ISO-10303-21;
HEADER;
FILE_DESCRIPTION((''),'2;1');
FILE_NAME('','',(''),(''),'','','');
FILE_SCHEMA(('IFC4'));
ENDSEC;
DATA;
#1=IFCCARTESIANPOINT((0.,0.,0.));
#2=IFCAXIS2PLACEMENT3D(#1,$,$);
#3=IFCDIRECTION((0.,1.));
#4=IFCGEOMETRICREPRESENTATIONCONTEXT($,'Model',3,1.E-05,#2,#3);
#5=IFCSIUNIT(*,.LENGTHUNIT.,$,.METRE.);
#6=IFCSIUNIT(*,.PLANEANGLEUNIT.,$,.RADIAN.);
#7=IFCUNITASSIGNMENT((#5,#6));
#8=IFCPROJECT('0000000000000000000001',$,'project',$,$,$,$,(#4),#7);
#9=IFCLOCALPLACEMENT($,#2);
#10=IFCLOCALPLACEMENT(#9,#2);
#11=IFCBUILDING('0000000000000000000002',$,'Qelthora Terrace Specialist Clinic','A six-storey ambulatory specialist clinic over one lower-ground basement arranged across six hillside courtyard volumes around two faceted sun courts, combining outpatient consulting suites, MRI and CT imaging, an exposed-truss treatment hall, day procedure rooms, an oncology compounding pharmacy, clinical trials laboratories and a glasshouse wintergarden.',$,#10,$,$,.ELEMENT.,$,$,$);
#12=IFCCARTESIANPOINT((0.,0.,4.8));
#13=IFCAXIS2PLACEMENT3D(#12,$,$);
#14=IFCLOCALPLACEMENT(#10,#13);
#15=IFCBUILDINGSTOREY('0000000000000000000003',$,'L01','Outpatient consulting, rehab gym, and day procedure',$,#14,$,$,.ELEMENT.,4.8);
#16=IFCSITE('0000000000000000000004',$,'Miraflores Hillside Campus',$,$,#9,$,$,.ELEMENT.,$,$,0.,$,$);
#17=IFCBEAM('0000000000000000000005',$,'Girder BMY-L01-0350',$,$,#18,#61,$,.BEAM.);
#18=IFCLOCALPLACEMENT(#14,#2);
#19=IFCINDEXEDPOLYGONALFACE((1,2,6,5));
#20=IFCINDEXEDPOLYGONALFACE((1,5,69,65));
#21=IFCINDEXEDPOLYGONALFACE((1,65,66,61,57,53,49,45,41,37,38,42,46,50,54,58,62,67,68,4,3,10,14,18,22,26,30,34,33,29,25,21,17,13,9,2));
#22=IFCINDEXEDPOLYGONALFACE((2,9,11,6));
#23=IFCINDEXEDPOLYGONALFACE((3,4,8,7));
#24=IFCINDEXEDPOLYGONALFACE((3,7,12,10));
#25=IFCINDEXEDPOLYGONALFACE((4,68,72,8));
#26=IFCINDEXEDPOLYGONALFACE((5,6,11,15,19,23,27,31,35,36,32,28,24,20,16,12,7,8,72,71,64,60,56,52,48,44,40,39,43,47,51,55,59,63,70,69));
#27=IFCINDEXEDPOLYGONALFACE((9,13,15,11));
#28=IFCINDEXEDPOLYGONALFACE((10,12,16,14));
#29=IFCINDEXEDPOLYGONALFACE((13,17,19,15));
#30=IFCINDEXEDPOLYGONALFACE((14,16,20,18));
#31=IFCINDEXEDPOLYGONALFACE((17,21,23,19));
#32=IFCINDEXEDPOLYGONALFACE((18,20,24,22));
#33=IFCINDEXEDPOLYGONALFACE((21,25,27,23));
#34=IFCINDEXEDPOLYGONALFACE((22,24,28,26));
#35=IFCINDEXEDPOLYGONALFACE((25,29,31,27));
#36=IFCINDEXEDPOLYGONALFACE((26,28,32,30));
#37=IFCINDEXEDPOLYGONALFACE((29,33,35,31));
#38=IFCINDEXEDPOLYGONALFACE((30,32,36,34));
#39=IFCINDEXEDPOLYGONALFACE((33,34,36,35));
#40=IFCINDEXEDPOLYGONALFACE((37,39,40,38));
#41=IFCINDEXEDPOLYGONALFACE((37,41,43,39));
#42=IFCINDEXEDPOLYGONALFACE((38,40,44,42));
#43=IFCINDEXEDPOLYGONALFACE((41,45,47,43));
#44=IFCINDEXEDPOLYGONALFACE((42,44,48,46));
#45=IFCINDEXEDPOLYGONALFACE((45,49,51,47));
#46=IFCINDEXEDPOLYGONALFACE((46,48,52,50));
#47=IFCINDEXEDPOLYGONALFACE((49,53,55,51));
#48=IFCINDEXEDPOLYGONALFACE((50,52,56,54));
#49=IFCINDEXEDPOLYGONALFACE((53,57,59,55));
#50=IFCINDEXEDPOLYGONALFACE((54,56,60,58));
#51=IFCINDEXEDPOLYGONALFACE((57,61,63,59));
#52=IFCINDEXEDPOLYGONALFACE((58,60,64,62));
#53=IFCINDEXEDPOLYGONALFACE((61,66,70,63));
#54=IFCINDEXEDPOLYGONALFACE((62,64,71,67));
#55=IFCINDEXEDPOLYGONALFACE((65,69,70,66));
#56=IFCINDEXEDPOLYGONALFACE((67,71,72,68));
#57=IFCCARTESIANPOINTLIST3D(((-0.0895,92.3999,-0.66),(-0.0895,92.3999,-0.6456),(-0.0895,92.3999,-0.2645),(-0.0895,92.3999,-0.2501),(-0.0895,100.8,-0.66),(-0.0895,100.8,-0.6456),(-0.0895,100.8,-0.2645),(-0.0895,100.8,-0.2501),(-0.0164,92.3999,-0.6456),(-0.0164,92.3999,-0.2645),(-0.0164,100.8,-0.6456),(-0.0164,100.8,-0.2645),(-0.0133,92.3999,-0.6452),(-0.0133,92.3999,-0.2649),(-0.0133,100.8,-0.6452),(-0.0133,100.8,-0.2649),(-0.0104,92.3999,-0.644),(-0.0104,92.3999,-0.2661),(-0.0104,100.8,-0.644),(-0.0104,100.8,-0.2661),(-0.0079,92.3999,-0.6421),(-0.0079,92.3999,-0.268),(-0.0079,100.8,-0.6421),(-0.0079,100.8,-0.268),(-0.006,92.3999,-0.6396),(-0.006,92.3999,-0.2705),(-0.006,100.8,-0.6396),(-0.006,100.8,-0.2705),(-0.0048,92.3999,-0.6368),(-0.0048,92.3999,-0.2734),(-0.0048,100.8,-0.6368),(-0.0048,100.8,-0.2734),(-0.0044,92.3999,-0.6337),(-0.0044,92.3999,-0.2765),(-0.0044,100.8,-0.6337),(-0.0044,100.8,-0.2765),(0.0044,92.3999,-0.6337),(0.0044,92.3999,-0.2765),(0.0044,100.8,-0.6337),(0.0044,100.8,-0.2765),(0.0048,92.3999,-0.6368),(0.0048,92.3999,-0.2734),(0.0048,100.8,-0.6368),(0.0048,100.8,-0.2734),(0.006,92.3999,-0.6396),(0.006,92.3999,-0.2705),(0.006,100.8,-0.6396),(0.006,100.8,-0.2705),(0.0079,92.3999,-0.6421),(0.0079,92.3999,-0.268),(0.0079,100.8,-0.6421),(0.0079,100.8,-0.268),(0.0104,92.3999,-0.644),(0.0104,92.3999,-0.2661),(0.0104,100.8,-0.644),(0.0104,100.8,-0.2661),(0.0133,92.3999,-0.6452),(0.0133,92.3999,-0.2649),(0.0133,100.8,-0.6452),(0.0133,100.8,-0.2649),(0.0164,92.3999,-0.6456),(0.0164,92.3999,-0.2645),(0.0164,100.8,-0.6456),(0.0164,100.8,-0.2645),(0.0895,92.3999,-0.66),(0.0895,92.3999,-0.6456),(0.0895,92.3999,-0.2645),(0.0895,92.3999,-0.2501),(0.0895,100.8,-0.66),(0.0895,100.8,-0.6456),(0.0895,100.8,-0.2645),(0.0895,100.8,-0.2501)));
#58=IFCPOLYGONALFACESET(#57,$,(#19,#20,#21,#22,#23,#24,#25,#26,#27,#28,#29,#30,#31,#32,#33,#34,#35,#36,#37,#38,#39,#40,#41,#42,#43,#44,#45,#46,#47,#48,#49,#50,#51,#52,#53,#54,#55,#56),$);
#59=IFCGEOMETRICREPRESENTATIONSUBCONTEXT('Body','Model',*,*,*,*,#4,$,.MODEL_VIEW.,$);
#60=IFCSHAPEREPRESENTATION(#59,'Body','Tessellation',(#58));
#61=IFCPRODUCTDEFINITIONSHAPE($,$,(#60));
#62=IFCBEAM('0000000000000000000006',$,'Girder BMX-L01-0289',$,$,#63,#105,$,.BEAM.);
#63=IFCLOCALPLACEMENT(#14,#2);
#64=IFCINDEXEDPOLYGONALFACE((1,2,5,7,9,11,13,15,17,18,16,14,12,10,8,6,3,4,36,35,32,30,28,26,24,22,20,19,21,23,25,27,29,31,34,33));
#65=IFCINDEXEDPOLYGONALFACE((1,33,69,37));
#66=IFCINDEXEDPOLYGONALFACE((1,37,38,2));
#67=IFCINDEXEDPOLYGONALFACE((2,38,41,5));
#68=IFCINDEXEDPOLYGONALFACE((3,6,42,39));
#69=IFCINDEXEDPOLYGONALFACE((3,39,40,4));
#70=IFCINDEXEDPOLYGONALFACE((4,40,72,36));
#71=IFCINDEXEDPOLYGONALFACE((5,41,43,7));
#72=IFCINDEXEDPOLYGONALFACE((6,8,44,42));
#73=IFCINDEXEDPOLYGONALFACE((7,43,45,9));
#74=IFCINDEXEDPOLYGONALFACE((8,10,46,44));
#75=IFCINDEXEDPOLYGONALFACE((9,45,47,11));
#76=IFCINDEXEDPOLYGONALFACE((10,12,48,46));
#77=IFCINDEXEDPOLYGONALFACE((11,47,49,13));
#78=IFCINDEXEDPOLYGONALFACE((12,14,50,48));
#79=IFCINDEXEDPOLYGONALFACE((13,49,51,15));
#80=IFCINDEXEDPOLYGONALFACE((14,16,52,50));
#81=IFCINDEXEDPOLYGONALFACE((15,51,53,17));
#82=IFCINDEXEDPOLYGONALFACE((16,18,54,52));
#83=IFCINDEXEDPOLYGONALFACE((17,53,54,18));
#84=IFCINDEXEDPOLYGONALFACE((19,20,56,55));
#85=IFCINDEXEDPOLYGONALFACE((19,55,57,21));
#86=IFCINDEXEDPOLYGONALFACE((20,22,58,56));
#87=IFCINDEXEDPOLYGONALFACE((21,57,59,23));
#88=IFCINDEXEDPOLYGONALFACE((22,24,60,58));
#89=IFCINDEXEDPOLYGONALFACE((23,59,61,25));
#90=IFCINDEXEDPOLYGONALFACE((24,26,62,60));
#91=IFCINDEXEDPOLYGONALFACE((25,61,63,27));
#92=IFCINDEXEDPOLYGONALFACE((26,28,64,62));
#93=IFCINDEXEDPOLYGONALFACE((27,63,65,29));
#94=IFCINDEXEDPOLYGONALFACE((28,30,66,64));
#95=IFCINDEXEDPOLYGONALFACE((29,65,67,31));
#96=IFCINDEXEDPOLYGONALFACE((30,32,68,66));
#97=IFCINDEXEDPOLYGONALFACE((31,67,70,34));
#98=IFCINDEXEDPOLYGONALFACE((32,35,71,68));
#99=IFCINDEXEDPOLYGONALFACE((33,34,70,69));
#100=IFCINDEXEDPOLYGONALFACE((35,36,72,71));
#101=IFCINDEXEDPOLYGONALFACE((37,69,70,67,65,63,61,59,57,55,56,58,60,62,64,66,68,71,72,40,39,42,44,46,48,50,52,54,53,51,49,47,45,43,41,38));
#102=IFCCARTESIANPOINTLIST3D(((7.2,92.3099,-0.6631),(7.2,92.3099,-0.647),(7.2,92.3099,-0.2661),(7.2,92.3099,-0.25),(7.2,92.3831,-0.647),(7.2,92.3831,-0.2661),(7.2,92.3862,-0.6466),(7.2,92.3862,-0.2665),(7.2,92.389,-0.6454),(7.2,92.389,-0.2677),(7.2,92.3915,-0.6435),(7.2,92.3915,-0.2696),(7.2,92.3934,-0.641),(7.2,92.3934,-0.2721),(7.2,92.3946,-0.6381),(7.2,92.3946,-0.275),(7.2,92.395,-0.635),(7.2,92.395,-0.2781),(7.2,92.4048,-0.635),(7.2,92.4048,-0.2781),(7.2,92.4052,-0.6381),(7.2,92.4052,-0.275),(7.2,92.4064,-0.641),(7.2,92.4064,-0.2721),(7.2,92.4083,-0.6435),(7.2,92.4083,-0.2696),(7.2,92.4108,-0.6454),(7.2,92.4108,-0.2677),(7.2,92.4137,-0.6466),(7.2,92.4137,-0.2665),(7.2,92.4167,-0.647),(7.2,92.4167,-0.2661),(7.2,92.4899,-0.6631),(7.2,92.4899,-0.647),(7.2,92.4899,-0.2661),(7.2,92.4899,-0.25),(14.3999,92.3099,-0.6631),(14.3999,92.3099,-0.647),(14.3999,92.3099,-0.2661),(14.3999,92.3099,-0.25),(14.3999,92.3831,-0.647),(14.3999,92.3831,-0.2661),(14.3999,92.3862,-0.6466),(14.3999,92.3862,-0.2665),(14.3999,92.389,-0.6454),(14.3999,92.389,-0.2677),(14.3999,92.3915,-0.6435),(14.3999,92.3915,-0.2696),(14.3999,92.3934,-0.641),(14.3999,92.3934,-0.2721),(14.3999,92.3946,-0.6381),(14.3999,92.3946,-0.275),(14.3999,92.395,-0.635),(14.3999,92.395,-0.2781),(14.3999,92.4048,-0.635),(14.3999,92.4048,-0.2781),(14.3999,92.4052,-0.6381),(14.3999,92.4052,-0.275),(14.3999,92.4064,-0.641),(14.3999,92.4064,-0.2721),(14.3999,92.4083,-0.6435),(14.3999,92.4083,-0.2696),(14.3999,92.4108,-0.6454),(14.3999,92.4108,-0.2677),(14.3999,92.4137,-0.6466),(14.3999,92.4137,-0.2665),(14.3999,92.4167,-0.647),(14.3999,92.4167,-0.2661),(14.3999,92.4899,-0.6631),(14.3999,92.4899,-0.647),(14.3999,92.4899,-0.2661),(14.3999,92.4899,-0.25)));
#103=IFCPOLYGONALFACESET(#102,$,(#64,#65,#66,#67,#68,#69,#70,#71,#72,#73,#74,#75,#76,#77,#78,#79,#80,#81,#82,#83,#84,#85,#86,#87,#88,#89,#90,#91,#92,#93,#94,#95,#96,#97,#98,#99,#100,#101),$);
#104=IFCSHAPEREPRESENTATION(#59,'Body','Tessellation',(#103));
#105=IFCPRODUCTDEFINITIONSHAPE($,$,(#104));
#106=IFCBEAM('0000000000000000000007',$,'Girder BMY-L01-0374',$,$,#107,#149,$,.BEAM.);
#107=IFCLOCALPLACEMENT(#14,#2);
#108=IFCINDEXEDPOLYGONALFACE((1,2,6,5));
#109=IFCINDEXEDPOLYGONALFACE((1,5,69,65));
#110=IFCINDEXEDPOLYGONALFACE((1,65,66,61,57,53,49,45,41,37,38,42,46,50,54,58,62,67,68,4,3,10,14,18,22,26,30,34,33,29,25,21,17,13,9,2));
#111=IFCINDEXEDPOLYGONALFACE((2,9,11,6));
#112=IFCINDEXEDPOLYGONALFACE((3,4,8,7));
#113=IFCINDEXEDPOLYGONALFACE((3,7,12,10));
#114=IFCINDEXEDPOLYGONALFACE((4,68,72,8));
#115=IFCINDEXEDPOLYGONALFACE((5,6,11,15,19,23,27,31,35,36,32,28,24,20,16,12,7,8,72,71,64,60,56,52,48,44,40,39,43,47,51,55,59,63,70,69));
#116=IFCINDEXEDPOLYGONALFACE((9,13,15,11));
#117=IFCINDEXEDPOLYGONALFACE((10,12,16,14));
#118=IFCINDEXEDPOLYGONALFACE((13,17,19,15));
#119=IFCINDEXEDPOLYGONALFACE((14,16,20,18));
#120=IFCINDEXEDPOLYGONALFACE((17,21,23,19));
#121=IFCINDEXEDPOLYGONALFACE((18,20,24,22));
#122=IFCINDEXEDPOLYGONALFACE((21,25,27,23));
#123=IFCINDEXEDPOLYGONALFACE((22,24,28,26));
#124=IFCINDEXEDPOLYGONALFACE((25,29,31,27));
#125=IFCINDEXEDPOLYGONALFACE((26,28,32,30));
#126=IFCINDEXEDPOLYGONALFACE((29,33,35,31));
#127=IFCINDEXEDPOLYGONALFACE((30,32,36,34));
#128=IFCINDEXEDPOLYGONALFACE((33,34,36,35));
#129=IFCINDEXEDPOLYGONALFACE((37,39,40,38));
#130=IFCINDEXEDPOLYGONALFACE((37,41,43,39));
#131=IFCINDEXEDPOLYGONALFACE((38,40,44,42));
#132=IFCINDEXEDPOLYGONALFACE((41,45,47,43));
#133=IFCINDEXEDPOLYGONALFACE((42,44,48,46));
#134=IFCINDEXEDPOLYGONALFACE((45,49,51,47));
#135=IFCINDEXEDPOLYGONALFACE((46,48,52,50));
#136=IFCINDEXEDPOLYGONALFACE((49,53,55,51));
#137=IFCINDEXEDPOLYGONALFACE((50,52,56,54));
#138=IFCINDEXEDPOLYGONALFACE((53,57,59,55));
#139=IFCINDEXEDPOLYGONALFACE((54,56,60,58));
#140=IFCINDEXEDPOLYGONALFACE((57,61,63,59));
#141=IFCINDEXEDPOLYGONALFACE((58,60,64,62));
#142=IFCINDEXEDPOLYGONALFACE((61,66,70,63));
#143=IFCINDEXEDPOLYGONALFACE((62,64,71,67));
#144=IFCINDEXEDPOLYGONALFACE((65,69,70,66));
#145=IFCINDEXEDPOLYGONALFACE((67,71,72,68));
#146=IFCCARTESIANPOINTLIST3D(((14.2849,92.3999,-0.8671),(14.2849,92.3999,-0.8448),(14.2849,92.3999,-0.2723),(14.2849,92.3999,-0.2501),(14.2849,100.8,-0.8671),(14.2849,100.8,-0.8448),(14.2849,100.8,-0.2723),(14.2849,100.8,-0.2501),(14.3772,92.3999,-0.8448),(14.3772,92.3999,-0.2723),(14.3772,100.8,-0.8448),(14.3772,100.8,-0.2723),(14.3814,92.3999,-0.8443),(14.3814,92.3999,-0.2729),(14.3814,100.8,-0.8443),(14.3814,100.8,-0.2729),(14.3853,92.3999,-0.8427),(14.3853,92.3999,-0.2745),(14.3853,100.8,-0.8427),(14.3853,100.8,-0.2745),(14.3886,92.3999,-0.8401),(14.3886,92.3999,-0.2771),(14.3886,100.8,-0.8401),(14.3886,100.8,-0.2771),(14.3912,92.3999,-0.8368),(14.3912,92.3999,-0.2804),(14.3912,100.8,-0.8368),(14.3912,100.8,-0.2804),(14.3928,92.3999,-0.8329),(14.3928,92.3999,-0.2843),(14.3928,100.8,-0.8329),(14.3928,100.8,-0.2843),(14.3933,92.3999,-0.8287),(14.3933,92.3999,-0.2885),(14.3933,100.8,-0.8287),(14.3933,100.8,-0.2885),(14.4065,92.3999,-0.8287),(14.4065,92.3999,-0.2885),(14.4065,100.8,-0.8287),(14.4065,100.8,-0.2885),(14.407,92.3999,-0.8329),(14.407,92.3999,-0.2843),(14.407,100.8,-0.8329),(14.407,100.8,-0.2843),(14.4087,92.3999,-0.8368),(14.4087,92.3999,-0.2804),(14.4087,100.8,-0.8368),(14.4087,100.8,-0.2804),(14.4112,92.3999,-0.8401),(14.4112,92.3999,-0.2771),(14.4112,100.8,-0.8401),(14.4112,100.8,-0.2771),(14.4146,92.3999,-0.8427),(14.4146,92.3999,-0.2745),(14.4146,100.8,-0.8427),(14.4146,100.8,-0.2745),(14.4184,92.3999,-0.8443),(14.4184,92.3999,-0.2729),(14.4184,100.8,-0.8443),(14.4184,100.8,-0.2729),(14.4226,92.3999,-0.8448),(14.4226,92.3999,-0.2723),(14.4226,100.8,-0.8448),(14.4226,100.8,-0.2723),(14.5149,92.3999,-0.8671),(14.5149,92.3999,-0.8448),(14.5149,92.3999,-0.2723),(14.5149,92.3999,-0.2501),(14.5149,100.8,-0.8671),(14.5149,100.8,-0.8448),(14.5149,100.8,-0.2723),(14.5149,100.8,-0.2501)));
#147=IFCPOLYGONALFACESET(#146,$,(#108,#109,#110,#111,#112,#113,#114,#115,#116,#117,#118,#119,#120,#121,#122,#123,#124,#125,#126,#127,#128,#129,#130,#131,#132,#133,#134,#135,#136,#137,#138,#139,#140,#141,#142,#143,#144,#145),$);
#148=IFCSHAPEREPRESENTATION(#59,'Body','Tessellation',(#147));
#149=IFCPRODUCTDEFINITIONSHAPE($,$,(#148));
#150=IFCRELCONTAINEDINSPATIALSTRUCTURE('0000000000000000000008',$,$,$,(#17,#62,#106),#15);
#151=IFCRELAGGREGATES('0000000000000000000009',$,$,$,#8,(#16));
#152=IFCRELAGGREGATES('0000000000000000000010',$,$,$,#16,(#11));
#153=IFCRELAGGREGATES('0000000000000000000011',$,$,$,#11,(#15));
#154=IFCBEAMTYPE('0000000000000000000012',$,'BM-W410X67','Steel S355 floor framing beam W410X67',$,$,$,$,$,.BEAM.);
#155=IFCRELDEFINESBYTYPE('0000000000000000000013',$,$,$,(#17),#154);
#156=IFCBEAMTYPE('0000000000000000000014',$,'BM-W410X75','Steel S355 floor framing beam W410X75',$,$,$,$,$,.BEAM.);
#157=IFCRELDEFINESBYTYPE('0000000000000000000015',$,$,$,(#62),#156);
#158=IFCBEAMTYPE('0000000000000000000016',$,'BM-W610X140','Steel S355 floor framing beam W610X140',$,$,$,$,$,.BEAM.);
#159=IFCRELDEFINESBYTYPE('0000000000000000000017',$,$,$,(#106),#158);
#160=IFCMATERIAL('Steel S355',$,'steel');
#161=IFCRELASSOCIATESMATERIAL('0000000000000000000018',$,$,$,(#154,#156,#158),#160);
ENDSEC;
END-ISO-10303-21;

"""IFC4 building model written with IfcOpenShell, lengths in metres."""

from ifc_helpers import new_model, si_unit, direction, frame, origin, origin_2d, place, context, subcontext, project, spatial, i_section, extrude, material, material_profile, profile_set, type_object, element, save


model = new_model("IFC4")

# Units and contexts
model_context = context("Model", 3, precision=1e-05, world=origin(), true_north=direction((0.0, 1.0)))
body_context = subcontext(model_context, "Body", "Model", "MODEL_VIEW")
ifc_project = project(units=[si_unit("LENGTHUNIT", "METRE"), si_unit("PLANEANGLEUNIT", "RADIAN")], contexts=[model_context])

# Site, building, storey
site_placement = place(None, origin())
site = spatial("IfcSite", under=ifc_project, at=site_placement, Name="Miraflores Hillside Campus", CompositionType="ELEMENT", RefElevation=0.0)
building_placement = place(site_placement, origin())
building = spatial("IfcBuilding", under=site, at=building_placement, Name="Qelthora Terrace Specialist Clinic", Description="A six-storey ambulatory specialist clinic over one lower-ground basement arranged across six hillside courtyard volumes around two faceted sun courts, combining outpatient consulting suites, MRI and CT imaging, an exposed-truss treatment hall, day procedure rooms, an oncology compounding pharmacy, clinical trials laboratories and a glasshouse wintergarden.", CompositionType="ELEMENT")
storey_placement = place(building_placement, frame((0.0, 0.0, 4.8)))
storey = spatial("IfcBuildingStorey", under=building, at=storey_placement, Name="L01", Description="Outpatient consulting, rehab gym, and day procedure", CompositionType="ELEMENT", Elevation=4.8)

# Shared definitions
ifc_material_1 = material(Name="Steel S355", Category="steel")

# Beams
ifc_material_profile_1 = material_profile(ifc_material_1, i_section(OverallWidth=0.179, OverallDepth=0.4099, WebThickness=0.0088, FlangeThickness=0.0144, FilletRadius=0.012, at=origin_2d()), Name="W410X67")
ifc_profile_set_1 = profile_set([ifc_material_profile_1], Name="Steel S355")
beam_type_1 = type_object("IfcBeamType", Name="BM-W410X67", Description="Steel S355 floor framing beam W410X67", PredefinedType="BEAM", material=ifc_profile_set_1)
beam_1_placement = place(storey_placement, frame((0.0, 92.3999, -0.4551), z_axis=(0.0, 1.0, 0.0), x_axis=(-1.0, 0.0, 0.0)))
element("IfcBeam", 1, at=beam_1_placement, inside=storey, type_object=beam_type_1, Name="Girder BMY-L01-0350", PredefinedType="BEAM", context=body_context, shape_type="SweptSolid", body=[
    extrude(i_section(OverallWidth=0.179, OverallDepth=0.4099, WebThickness=0.0088, FlangeThickness=0.0144, FilletRadius=0.012, at=origin_2d()), origin(), (0.0, 0.0, 1.0), 8.4001),
])
ifc_material_profile_2 = material_profile(ifc_material_1, i_section(OverallWidth=0.1799, OverallDepth=0.4131, WebThickness=0.0098, FlangeThickness=0.0161, FilletRadius=0.012, at=origin_2d()), Name="W410X75")
ifc_profile_set_2 = profile_set([ifc_material_profile_2], Name="Steel S355")
beam_type_2 = type_object("IfcBeamType", Name="BM-W410X75", Description="Steel S355 floor framing beam W410X75", PredefinedType="BEAM", material=ifc_profile_set_2)
beam_2_placement = place(storey_placement, frame((7.2, 92.3999, -0.4565), z_axis=(1.0, 0.0, 0.0), x_axis=(0.0, 1.0, 0.0)))
element("IfcBeam", 2, at=beam_2_placement, inside=storey, type_object=beam_type_2, Name="Girder BMX-L01-0289", PredefinedType="BEAM", context=body_context, shape_type="SweptSolid", body=[
    extrude(i_section(OverallWidth=0.1799, OverallDepth=0.4131, WebThickness=0.0098, FlangeThickness=0.0161, FilletRadius=0.012, at=origin_2d()), origin(), (0.0, 0.0, 1.0), 7.2),
])
ifc_material_profile_3 = material_profile(ifc_material_1, i_section(OverallWidth=0.23, OverallDepth=0.6169, WebThickness=0.0132, FlangeThickness=0.0222, FilletRadius=0.0161, at=origin_2d()), Name="W610X140")
ifc_profile_set_3 = profile_set([ifc_material_profile_3], Name="Steel S355")
beam_type_3 = type_object("IfcBeamType", Name="BM-W610X140", Description="Steel S355 floor framing beam W610X140", PredefinedType="BEAM", material=ifc_profile_set_3)
beam_3_placement = place(storey_placement, frame((14.3999, 92.3999, -0.5586), z_axis=(0.0, 1.0, 0.0), x_axis=(-1.0, 0.0, 0.0)))
element("IfcBeam", 3, at=beam_3_placement, inside=storey, type_object=beam_type_3, Name="Girder BMY-L01-0374", PredefinedType="BEAM", context=body_context, shape_type="SweptSolid", body=[
    extrude(i_section(OverallWidth=0.23, OverallDepth=0.6169, WebThickness=0.0132, FlangeThickness=0.0222, FilletRadius=0.0161, at=origin_2d()), origin(), (0.0, 0.0, 1.0), 8.4001),
])

save(model, "model.ifc")
